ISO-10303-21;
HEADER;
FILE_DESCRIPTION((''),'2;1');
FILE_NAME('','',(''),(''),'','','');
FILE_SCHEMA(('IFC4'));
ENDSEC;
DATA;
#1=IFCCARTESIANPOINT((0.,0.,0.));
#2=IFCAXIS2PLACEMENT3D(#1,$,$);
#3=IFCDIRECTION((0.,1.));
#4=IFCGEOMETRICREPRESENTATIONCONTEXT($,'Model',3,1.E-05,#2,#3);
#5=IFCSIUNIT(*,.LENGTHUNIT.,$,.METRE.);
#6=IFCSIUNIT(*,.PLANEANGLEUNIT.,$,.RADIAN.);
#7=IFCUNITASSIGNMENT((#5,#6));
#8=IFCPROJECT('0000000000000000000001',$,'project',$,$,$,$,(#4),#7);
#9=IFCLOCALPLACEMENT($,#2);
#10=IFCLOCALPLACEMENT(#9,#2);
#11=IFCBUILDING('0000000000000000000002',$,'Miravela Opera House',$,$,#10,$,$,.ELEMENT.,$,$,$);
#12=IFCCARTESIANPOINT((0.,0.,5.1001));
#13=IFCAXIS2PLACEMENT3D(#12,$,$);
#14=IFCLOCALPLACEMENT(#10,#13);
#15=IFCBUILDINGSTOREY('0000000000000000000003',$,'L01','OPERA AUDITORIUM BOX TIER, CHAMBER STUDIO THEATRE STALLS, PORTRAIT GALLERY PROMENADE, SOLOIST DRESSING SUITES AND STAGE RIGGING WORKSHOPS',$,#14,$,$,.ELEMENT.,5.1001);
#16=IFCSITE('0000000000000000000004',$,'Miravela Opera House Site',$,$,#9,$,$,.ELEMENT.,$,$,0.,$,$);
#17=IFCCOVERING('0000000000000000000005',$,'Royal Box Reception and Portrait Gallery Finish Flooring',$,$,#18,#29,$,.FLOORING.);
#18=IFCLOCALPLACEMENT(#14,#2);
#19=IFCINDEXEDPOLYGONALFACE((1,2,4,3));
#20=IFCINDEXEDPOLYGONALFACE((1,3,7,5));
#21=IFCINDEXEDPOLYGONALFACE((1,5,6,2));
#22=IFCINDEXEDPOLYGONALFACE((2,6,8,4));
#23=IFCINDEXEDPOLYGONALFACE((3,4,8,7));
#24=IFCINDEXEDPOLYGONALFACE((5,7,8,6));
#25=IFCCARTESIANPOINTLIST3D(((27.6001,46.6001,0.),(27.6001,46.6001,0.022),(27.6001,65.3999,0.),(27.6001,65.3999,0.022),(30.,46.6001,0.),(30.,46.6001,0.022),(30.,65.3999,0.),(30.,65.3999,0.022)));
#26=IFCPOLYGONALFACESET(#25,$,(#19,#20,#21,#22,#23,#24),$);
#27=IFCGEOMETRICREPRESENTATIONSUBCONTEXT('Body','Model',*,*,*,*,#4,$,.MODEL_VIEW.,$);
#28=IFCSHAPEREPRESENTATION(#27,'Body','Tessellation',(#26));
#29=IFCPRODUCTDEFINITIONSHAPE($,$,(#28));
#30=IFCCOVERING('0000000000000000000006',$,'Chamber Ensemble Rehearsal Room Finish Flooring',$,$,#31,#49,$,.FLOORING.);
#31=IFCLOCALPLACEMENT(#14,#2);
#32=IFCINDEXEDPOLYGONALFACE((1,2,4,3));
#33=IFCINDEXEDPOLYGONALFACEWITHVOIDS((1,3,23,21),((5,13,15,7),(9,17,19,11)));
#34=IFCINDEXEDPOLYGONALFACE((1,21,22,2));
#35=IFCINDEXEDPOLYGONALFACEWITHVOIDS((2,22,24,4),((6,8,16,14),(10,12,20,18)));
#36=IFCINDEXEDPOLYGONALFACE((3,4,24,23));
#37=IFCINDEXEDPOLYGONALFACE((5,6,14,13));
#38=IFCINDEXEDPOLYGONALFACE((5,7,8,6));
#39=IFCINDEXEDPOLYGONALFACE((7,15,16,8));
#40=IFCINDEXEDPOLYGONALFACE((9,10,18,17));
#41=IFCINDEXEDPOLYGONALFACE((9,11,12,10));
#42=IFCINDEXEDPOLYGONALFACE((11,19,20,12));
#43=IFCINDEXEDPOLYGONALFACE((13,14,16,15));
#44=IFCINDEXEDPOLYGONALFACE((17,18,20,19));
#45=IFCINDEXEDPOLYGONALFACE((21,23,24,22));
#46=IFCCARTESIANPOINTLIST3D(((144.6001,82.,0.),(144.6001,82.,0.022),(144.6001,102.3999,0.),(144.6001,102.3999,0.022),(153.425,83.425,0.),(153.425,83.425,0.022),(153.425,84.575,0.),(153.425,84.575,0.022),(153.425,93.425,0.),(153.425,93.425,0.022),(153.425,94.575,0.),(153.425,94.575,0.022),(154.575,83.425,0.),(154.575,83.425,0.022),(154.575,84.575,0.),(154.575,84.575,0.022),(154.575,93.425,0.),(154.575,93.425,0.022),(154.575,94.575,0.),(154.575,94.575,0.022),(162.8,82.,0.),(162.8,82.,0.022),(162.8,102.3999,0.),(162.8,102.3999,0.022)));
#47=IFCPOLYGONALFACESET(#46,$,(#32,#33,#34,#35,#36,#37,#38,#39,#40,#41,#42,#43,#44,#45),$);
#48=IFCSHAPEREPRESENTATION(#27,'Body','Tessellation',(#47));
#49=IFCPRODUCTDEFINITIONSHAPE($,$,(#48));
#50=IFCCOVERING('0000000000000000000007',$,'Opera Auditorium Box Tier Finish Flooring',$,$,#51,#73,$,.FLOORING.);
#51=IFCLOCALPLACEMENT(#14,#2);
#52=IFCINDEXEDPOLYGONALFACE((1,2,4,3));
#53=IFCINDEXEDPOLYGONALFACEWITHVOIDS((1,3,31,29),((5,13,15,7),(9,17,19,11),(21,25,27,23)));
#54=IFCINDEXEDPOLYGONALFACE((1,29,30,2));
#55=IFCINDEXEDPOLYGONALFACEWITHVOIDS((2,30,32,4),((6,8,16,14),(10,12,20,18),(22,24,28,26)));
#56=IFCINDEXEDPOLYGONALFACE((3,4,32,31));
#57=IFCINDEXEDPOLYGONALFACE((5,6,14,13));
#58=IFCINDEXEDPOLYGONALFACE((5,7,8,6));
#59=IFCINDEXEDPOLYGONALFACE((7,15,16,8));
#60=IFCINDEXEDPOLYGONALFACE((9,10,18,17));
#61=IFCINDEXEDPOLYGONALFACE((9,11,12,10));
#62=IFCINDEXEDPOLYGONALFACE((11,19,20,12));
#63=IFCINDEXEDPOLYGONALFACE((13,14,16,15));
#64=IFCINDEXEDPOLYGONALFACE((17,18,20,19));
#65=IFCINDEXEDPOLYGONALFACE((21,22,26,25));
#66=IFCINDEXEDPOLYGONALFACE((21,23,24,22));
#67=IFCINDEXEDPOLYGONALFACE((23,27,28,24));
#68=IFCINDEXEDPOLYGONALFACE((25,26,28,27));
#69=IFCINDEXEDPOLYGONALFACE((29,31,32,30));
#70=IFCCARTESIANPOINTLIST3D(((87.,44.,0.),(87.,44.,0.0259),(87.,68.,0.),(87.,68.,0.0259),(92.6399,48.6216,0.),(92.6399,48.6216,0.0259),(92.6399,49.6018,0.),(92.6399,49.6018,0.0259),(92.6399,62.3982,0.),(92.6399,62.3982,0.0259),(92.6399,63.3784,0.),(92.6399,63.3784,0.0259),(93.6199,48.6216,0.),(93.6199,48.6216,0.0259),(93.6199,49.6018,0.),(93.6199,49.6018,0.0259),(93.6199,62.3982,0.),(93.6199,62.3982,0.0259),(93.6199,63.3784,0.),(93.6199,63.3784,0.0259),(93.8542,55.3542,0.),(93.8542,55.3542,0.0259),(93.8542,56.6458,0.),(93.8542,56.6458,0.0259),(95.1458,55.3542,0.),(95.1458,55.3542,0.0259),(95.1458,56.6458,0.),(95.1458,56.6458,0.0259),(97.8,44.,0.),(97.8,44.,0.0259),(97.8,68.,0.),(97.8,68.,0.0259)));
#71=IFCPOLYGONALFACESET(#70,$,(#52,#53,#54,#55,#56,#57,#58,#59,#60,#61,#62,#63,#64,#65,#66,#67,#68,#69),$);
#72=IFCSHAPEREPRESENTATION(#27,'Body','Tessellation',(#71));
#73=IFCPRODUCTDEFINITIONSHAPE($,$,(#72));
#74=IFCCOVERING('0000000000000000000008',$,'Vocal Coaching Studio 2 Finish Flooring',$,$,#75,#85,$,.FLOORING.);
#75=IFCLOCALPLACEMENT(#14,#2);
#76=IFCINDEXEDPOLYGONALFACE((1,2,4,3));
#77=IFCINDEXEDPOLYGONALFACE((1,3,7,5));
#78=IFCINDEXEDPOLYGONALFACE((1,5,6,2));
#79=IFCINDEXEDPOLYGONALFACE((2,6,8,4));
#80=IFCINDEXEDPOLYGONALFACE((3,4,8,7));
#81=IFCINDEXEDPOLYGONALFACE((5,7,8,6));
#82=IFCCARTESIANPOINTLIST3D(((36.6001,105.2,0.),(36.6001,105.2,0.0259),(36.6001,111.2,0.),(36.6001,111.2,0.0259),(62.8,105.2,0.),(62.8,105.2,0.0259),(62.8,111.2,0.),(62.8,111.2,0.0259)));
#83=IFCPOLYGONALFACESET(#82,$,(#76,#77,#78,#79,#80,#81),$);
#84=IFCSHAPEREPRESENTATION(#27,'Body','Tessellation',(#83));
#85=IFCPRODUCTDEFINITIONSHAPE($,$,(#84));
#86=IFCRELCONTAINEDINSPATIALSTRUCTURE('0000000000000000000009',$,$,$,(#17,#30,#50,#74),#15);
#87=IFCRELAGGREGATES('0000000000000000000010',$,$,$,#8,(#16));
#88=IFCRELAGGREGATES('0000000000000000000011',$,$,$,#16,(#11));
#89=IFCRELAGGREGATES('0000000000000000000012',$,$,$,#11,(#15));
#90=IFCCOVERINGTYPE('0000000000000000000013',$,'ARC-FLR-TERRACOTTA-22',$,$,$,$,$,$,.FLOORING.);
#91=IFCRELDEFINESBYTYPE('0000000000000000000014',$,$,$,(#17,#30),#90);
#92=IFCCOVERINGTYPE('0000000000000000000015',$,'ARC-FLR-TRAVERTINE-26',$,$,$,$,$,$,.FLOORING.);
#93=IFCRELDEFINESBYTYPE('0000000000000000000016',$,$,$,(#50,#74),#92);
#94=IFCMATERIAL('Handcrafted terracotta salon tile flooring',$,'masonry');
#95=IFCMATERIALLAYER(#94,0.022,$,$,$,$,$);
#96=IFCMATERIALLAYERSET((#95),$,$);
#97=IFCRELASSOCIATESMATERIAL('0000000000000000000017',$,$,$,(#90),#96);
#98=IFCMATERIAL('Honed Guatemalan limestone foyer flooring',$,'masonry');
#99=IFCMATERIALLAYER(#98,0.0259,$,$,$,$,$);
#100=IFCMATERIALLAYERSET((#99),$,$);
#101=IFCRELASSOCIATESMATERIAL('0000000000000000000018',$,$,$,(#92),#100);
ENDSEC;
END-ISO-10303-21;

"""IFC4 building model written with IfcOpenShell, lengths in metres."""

from ifc_helpers import new_model, si_unit, direction, frame, origin, place, context, subcontext, project, spatial, polyline, outline, extrude, material, layer, layer_set, type_object, element, save


model = new_model("IFC4")

# Units and contexts
model_context = context("Model", 3, precision=1e-05, world=origin(), true_north=direction((0.0, 1.0)))
body_context = subcontext(model_context, "Body", "Model", "MODEL_VIEW")
ifc_project = project(units=[si_unit("LENGTHUNIT", "METRE"), si_unit("PLANEANGLEUNIT", "RADIAN")], contexts=[model_context])

# Site, building, storey
site_placement = place(None, origin())
site = spatial("IfcSite", under=ifc_project, at=site_placement, Name="Miravela Opera House Site", CompositionType="ELEMENT", RefElevation=0.0)
building_placement = place(site_placement, origin())
building = spatial("IfcBuilding", under=site, at=building_placement, Name="Miravela Opera House", CompositionType="ELEMENT")
storey_placement = place(building_placement, frame((0.0, 0.0, 5.1001)))
storey = spatial("IfcBuildingStorey", under=building, at=storey_placement, Name="L01", Description="OPERA AUDITORIUM BOX TIER, CHAMBER STUDIO THEATRE STALLS, PORTRAIT GALLERY PROMENADE, SOLOIST DRESSING SUITES AND STAGE RIGGING WORKSHOPS", CompositionType="ELEMENT", Elevation=5.1001)

# Coverings
ifc_material_1 = material(Name="Handcrafted terracotta salon tile flooring", Category="masonry")
ifc_layer_1 = layer(ifc_material_1, 0.022)
ifc_layer_set_1 = layer_set([ifc_layer_1])
covering_type_1 = type_object("IfcCoveringType", Name="ARC-FLR-TERRACOTTA-22", PredefinedType="FLOORING", material=ifc_layer_set_1)
covering_1_placement = place(storey_placement, origin())
element("IfcCovering", 1, at=covering_1_placement, inside=storey, type_object=covering_type_1, Name="Royal Box Reception and Portrait Gallery Finish Flooring", PredefinedType="FLOORING", context=body_context, shape_type="SweptSolid", body=[
    extrude(outline(polyline([(27.6001, 46.6001), (30.0, 46.6001), (30.0, 65.3999), (27.6001, 65.3999), (27.6001, 46.6001)])), origin(), (0.0, 0.0, 1.0), 0.022),
])
covering_2_placement = place(storey_placement, origin())
element("IfcCovering", 2, at=covering_2_placement, inside=storey, type_object=covering_type_1, Name="Chamber Ensemble Rehearsal Room Finish Flooring", PredefinedType="FLOORING", context=body_context, shape_type="SweptSolid", body=[
    extrude(outline(polyline([(144.6001, 82.0), (162.8, 82.0), (162.8, 102.3999), (144.6001, 102.3999), (144.6001, 82.0)]), holes=[polyline([(153.425, 83.425), (154.575, 83.425), (154.575, 84.575), (153.425, 84.575), (153.425, 83.425)]), polyline([(153.425, 93.425), (154.575, 93.425), (154.575, 94.575), (153.425, 94.575), (153.425, 93.425)])]), origin(), (0.0, 0.0, 1.0), 0.022),
])
ifc_material_2 = material(Name="Honed Guatemalan limestone foyer flooring", Category="masonry")
ifc_layer_2 = layer(ifc_material_2, 0.0259)
ifc_layer_set_2 = layer_set([ifc_layer_2])
covering_type_2 = type_object("IfcCoveringType", Name="ARC-FLR-TRAVERTINE-26", PredefinedType="FLOORING", material=ifc_layer_set_2)
covering_3_placement = place(storey_placement, origin())
element("IfcCovering", 3, at=covering_3_placement, inside=storey, type_object=covering_type_2, Name="Opera Auditorium Box Tier Finish Flooring", PredefinedType="FLOORING", context=body_context, shape_type="SweptSolid", body=[
    extrude(outline(polyline([(87.0, 44.0), (97.8, 44.0), (97.8, 68.0), (87.0, 68.0), (87.0, 44.0)]), holes=[polyline([(93.8542, 55.3542), (95.1458, 55.3542), (95.1458, 56.6458), (93.8542, 56.6458), (93.8542, 55.3542)]), polyline([(92.6399, 62.3982), (93.6199, 62.3982), (93.6199, 63.3784), (92.6399, 63.3784), (92.6399, 62.3982)]), polyline([(92.6399, 48.6216), (93.6199, 48.6216), (93.6199, 49.6018), (92.6399, 49.6018), (92.6399, 48.6216)])]), origin(), (0.0, 0.0, 1.0), 0.0259),
])
covering_4_placement = place(storey_placement, origin())
element("IfcCovering", 4, at=covering_4_placement, inside=storey, type_object=covering_type_2, Name="Vocal Coaching Studio 2 Finish Flooring", PredefinedType="FLOORING", context=body_context, shape_type="SweptSolid", body=[
    extrude(outline(polyline([(36.6001, 105.2), (62.8, 105.2), (62.8, 111.2), (36.6001, 111.2), (36.6001, 105.2)])), origin(), (0.0, 0.0, 1.0), 0.0259),
])

save(model, "model.ifc")
